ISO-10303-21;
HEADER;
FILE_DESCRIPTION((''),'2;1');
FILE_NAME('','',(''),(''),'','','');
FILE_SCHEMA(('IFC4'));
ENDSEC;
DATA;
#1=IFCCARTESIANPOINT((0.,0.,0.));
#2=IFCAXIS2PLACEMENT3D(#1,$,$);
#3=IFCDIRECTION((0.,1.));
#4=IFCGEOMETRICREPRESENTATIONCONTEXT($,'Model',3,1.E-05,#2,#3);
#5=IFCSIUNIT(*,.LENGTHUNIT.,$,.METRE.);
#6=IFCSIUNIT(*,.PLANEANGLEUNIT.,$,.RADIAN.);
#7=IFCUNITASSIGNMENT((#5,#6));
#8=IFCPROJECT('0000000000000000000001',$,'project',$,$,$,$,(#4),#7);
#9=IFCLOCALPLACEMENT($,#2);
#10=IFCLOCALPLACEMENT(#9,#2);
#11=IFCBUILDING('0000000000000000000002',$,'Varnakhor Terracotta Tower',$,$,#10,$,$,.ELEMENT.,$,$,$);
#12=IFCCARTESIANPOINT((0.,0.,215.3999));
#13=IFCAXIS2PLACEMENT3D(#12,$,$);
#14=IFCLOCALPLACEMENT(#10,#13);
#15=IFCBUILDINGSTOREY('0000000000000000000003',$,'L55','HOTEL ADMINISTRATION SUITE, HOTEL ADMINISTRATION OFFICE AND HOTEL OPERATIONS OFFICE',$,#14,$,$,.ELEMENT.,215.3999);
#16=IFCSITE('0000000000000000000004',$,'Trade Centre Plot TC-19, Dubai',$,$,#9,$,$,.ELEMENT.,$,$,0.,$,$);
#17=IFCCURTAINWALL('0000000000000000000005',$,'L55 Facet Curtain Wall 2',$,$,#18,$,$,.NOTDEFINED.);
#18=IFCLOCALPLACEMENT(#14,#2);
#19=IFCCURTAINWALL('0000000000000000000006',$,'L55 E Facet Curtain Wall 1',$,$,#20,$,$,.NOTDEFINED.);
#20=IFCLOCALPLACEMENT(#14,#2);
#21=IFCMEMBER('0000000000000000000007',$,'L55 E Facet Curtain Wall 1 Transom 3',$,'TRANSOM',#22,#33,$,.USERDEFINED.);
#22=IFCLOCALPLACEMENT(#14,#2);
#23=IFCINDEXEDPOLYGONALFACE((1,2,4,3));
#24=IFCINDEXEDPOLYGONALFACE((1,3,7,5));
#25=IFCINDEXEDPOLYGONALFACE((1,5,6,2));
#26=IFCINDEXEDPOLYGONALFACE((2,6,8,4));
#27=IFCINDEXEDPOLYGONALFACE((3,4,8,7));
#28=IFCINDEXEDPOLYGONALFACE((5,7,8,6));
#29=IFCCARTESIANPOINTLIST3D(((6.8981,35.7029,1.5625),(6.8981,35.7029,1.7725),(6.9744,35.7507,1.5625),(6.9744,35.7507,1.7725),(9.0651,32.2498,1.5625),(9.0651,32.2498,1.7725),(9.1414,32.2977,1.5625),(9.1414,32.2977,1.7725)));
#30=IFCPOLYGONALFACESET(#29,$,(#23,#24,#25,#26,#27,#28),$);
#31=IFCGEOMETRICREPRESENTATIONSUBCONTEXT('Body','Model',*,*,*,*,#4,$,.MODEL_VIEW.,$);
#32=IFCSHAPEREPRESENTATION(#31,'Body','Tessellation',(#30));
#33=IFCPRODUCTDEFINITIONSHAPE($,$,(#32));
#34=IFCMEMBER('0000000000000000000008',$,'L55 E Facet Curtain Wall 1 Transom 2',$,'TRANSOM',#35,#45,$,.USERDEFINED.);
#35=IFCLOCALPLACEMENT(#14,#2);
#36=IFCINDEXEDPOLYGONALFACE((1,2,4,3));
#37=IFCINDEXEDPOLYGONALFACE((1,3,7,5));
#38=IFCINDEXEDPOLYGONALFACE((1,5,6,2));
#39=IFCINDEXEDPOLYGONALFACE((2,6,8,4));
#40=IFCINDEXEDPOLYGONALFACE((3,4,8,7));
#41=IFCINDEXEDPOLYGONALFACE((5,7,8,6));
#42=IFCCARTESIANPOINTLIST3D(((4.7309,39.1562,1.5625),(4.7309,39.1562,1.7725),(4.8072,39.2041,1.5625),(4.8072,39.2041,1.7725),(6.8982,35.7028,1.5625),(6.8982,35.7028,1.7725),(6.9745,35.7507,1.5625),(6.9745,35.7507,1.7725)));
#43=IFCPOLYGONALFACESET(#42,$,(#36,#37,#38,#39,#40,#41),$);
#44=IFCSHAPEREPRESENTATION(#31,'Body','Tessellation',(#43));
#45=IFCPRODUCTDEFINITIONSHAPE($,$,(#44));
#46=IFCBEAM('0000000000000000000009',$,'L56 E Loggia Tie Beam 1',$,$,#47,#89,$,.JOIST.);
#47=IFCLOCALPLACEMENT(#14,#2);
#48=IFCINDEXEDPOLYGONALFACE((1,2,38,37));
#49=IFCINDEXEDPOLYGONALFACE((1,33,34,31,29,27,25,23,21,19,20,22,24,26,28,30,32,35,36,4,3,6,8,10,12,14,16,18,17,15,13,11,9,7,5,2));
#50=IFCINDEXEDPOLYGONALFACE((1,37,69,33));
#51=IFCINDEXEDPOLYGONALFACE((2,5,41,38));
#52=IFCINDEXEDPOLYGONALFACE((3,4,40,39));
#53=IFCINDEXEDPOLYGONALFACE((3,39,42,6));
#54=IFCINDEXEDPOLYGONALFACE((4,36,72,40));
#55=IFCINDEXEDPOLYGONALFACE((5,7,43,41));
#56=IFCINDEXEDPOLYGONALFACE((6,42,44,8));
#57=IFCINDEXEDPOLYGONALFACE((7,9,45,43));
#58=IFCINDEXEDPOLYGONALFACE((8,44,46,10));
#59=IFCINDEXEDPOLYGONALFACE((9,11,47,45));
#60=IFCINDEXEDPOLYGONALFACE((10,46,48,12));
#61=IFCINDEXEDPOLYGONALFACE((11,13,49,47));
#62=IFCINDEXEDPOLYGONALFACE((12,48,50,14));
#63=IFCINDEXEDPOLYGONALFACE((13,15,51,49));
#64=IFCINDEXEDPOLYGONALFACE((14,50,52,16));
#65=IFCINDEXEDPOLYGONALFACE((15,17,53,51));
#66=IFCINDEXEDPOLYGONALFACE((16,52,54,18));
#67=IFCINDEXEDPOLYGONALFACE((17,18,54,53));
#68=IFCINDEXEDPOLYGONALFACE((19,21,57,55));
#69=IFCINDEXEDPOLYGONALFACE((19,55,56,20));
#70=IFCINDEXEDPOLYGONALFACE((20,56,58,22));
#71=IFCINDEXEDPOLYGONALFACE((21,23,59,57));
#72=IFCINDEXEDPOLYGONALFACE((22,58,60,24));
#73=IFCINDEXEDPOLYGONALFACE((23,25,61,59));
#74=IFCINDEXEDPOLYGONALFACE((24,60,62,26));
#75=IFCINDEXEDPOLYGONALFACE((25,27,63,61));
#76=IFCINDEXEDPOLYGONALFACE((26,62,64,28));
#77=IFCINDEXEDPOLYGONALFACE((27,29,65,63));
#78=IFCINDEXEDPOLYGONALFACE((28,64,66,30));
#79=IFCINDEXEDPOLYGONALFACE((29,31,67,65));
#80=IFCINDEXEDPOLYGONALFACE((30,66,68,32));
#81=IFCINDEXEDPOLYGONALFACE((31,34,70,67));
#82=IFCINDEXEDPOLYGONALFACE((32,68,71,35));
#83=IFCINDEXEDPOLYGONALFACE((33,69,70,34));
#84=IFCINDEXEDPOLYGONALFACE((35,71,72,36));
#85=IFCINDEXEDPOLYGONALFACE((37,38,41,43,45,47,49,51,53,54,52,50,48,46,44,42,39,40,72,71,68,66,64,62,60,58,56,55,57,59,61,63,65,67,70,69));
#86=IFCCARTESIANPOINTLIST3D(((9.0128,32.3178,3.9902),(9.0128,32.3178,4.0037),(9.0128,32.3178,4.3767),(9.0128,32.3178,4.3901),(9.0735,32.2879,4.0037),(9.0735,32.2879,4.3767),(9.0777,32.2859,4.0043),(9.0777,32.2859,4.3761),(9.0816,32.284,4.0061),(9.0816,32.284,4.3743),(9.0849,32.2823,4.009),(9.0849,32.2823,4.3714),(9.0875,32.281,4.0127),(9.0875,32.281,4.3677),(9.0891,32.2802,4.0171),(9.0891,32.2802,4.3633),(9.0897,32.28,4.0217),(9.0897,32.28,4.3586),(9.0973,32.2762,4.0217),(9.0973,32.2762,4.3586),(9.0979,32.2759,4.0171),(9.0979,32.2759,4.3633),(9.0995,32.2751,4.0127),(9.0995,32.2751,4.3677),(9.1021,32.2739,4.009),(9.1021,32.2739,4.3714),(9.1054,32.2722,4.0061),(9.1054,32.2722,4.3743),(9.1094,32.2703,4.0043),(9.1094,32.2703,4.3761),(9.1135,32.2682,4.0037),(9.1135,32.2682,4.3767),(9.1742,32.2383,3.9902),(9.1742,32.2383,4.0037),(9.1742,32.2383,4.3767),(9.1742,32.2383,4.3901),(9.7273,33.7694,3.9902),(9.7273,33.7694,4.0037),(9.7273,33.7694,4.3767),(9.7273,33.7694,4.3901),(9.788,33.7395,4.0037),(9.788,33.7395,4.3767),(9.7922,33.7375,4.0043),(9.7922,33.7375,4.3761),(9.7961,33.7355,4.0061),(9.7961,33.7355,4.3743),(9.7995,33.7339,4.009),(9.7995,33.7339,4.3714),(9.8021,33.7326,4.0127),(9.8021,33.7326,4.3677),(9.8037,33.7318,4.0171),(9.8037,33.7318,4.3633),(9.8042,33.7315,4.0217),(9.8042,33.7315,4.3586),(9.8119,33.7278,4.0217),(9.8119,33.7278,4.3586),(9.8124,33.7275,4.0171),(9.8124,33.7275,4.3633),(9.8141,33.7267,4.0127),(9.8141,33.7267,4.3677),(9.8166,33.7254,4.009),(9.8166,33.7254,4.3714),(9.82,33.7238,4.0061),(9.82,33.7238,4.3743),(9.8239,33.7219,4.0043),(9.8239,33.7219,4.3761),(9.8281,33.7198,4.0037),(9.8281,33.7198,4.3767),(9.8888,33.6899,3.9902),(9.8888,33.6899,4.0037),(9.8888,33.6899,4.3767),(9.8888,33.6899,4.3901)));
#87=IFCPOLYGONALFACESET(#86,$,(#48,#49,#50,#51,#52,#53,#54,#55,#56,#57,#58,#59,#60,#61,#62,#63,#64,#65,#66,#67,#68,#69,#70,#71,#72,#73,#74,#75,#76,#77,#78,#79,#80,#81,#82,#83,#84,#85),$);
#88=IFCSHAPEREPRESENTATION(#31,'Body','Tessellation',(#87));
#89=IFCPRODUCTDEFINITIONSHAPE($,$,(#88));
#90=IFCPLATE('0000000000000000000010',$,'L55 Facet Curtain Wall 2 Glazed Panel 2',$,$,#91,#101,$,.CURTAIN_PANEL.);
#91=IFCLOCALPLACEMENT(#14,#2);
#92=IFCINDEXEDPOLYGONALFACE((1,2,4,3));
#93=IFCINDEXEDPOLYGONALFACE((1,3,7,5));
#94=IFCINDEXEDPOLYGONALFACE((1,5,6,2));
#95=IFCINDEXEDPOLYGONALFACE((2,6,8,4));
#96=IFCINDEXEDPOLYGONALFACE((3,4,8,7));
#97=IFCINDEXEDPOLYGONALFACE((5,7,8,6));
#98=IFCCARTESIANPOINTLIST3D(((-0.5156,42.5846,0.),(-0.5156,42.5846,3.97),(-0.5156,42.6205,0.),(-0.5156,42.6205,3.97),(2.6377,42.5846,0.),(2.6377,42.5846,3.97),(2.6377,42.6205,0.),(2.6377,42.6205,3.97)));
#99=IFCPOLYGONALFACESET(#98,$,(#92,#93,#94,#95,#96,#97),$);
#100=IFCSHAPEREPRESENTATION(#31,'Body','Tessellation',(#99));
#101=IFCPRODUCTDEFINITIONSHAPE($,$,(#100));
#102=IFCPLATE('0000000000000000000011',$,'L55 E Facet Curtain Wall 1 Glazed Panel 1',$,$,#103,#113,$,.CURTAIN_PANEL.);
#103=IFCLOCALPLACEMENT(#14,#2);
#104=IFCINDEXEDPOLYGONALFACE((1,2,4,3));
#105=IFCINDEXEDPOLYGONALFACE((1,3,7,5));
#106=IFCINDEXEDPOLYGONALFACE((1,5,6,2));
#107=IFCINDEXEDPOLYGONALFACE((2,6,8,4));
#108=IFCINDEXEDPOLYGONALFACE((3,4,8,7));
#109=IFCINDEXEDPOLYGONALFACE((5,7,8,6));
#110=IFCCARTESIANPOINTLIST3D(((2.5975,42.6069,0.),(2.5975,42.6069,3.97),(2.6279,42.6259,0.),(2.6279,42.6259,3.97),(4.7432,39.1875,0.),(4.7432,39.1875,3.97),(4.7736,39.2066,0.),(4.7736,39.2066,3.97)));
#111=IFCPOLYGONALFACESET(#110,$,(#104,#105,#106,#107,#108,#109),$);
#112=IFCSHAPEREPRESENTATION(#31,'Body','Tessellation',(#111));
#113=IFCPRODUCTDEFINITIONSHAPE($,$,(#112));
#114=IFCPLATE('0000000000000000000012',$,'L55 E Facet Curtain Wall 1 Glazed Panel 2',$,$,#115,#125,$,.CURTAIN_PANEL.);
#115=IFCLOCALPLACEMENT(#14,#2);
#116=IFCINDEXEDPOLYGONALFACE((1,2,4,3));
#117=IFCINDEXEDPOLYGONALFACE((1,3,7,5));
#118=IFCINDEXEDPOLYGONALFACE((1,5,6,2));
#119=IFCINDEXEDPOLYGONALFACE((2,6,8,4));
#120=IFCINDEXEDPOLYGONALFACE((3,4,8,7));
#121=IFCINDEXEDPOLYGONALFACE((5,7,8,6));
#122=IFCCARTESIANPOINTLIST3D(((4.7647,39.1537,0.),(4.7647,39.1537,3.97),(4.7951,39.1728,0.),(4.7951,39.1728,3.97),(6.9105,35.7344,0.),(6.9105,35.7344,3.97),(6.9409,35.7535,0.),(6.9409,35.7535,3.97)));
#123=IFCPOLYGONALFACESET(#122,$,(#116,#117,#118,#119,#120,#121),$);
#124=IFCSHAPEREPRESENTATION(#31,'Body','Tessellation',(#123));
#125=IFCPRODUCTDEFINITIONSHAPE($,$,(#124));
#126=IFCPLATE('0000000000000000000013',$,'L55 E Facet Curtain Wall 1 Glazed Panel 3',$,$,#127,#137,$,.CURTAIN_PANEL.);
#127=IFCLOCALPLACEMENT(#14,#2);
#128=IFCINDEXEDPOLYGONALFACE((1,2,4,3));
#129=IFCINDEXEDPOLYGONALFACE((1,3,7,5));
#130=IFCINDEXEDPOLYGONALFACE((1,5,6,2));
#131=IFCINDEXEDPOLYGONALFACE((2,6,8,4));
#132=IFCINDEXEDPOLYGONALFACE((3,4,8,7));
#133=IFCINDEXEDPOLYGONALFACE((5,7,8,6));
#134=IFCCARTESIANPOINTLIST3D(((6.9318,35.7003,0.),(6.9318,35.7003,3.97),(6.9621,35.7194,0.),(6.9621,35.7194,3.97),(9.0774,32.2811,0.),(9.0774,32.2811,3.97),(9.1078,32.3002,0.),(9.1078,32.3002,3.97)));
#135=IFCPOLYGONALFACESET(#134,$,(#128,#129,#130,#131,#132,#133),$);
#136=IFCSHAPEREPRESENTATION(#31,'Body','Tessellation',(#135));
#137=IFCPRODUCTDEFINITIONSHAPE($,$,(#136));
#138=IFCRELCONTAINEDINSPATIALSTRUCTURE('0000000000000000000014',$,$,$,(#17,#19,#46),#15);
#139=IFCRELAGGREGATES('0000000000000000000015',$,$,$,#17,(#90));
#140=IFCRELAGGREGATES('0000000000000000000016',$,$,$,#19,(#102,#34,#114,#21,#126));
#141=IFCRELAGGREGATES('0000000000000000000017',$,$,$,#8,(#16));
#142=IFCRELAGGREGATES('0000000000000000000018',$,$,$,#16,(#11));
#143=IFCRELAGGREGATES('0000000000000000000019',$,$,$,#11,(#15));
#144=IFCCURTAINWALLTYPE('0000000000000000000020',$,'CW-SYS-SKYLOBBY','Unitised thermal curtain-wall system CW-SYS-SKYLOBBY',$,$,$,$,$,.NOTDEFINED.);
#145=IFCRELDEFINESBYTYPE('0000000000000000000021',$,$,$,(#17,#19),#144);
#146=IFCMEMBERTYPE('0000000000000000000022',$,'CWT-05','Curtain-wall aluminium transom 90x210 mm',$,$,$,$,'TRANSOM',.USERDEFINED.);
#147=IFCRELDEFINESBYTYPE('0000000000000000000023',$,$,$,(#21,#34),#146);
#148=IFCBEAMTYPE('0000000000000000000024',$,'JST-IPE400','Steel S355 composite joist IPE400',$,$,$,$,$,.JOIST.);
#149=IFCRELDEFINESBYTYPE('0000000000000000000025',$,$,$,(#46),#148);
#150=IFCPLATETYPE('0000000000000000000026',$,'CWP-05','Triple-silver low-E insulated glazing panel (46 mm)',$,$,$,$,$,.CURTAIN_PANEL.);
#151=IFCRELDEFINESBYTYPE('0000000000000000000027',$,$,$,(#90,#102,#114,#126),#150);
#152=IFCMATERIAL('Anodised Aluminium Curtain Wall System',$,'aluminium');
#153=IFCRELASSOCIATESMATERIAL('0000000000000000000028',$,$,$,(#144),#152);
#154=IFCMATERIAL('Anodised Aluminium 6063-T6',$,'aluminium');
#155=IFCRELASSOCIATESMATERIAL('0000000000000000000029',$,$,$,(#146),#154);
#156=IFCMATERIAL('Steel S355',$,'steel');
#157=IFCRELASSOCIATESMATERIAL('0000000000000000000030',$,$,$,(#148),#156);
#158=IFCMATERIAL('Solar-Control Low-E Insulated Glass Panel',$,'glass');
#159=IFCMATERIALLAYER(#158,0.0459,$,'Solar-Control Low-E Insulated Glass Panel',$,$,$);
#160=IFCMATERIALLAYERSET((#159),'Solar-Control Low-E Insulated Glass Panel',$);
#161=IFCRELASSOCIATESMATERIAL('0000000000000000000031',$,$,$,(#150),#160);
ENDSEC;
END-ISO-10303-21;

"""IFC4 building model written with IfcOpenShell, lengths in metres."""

from ifc_helpers import new_model, si_unit, direction, frame, origin, origin_2d, place, context, subcontext, project, spatial, rectangle, i_section, extrude, source, transform, mapped, material, layer, layer_set, material_profile, profile_set, type_object, element, aggregate, save


model = new_model("IFC4")

# Units and contexts
model_context = context("Model", 3, precision=1e-05, world=origin(), true_north=direction((0.0, 1.0)))
body_context = subcontext(model_context, "Body", "Model", "MODEL_VIEW")
ifc_project = project(units=[si_unit("LENGTHUNIT", "METRE"), si_unit("PLANEANGLEUNIT", "RADIAN")], contexts=[model_context])

# Site, building, storey
site_placement = place(None, origin())
site = spatial("IfcSite", under=ifc_project, at=site_placement, Name="Trade Centre Plot TC-19, Dubai", CompositionType="ELEMENT", RefElevation=0.0)
building_placement = place(site_placement, origin())
building = spatial("IfcBuilding", under=site, at=building_placement, Name="Varnakhor Terracotta Tower", CompositionType="ELEMENT")
storey_placement = place(building_placement, frame((0.0, 0.0, 215.3999)))
storey = spatial("IfcBuildingStorey", under=building, at=storey_placement, Name="L55", Description="HOTEL ADMINISTRATION SUITE, HOTEL ADMINISTRATION OFFICE AND HOTEL OPERATIONS OFFICE", CompositionType="ELEMENT", Elevation=215.3999)

# Shared definitions
ifc_material_1 = material(Name="Steel S355", Category="steel")

# Curtain wall
ifc_material_2 = material(Name="Anodised Aluminium Curtain Wall System", Category="aluminium")
curtain_wall_type = type_object("IfcCurtainWallType", Name="CW-SYS-SKYLOBBY", Description="Unitised thermal curtain-wall system CW-SYS-SKYLOBBY", PredefinedType="NOTDEFINED", material=ifc_material_2)
curtain_wall_1_placement = place(storey_placement, origin())
curtain_wall_1 = element("IfcCurtainWall", 1, at=curtain_wall_1_placement, inside=storey, type_object=curtain_wall_type, Name="L55 Facet Curtain Wall 2", PredefinedType="NOTDEFINED")
ifc_material_3 = material(Name="Anodised Aluminium 6063-T6", Category="aluminium")

# Curtain wall
curtain_wall_2_placement = place(storey_placement, origin())
curtain_wall_2 = element("IfcCurtainWall", 2, at=curtain_wall_2_placement, inside=storey, type_object=curtain_wall_type, Name="L55 E Facet Curtain Wall 1", PredefinedType="NOTDEFINED")

# Members
ifc_material_profile_1 = material_profile(ifc_material_3, rectangle(XDim=0.0901, YDim=0.21, at=origin_2d()), Name="ALU TRANSOM 90x210")
ifc_profile_set_1 = profile_set([ifc_material_profile_1], Name="Anodised Aluminium 6063-T6")
member_type_1 = type_object("IfcMemberType", Name="CWT-05", Description="Curtain-wall aluminium transom 90x210 mm", ElementType="TRANSOM", PredefinedType="USERDEFINED", material=ifc_profile_set_1)
shared_shape_1 = source(origin(), body_context, "Body", "SweptSolid", [
    extrude(rectangle(XDim=0.0901, YDim=0.21, at=origin_2d()), origin(), (0.0, 0.0, 1.0), 4.0767),
])
member_1_placement = place(storey_placement, frame((6.9363, 35.7268, 1.6675), z_axis=(0.531548, -0.847028, 0.0), x_axis=(0.847028, 0.531548, 0.0)))
member_1 = element("IfcMember", 3, at=member_1_placement, type_object=member_type_1, Name="L55 E Facet Curtain Wall 1 Transom 3", ObjectType="TRANSOM", PredefinedType="USERDEFINED", context=body_context, shape_type="MappedRepresentation", body=[
    mapped(shared_shape_1, transform((0.0, 0.0, 0.0), scale=1.0)),
])
shared_shape_2 = source(origin(), body_context, "Body", "SweptSolid", [
    extrude(rectangle(XDim=0.0901, YDim=0.21, at=origin_2d()), origin(), (0.0, 0.0, 1.0), 4.0771),
])
member_2_placement = place(storey_placement, frame((4.769, 39.1802, 1.6675), z_axis=(0.531564, -0.847018, 0.0), x_axis=(0.847018, 0.531564, 0.0)))
member_2 = element("IfcMember", 4, at=member_2_placement, type_object=member_type_1, Name="L55 E Facet Curtain Wall 1 Transom 2", ObjectType="TRANSOM", PredefinedType="USERDEFINED", context=body_context, shape_type="MappedRepresentation", body=[
    mapped(shared_shape_2, transform((0.0, 0.0, 0.0), scale=1.0)),
])

# Beam
ifc_material_profile_2 = material_profile(ifc_material_1, i_section(OverallWidth=0.1799, OverallDepth=0.3999, WebThickness=0.0085, FlangeThickness=0.0134, FilletRadius=0.0181, at=origin_2d()), Name="IPE400")
ifc_profile_set_2 = profile_set([ifc_material_profile_2], Name="Steel S355")
beam_type_1 = type_object("IfcBeamType", Name="JST-IPE400", Description="Steel S355 composite joist IPE400", PredefinedType="JOIST", material=ifc_profile_set_2)
shared_shape_3 = source(origin(), body_context, "Body", "SweptSolid", [
    extrude(i_section(OverallWidth=0.1799, OverallDepth=0.3999, WebThickness=0.0085, FlangeThickness=0.0134, FilletRadius=0.0181, at=origin_2d()), origin(), (0.0, 0.0, 1.0), 1.6179),
])
beam_1_placement = place(storey_placement, frame((9.0935, 32.2781, 4.1902), z_axis=(0.441652, 0.897186, 0.0), x_axis=(-0.897186, 0.441652, 0.0)))
element("IfcBeam", 5, at=beam_1_placement, inside=storey, type_object=beam_type_1, Name="L56 E Loggia Tie Beam 1", PredefinedType="JOIST", context=body_context, shape_type="MappedRepresentation", body=[
    mapped(shared_shape_3, transform((0.0, 0.0, 0.0), scale=1.0)),
])

# Plates
ifc_material_4 = material(Name="Solar-Control Low-E Insulated Glass Panel", Category="glass")
ifc_layer_1 = layer(ifc_material_4, 0.0459, Name="Solar-Control Low-E Insulated Glass Panel")
ifc_layer_set_1 = layer_set([ifc_layer_1], Name="Solar-Control Low-E Insulated Glass Panel")
plate_type = type_object("IfcPlateType", Name="CWP-05", Description="Triple-silver low-E insulated glazing panel (46 mm)", PredefinedType="CURTAIN_PANEL", material=ifc_layer_set_1)
shared_shape_4 = source(origin(), body_context, "Body", "SweptSolid", [
    extrude(rectangle(XDim=3.1533, YDim=0.0359, at=origin_2d()), origin(), (0.0, 0.0, 1.0), 3.97),
])
plate_1_placement = place(storey_placement, frame((1.061, 42.6025, 0.0), z_axis=(0.0, 0.0, 1.0), x_axis=(1.0, 0.0, 0.0)))
plate_1 = element("IfcPlate", 6, at=plate_1_placement, type_object=plate_type, Name="L55 Facet Curtain Wall 2 Glazed Panel 2", PredefinedType="CURTAIN_PANEL", context=body_context, shape_type="MappedRepresentation", body=[
    mapped(shared_shape_4, transform((0.0, 0.0, 0.0), scale=1.0)),
])
aggregate(curtain_wall_1, [plate_1])
shared_shape_5 = source(origin(), body_context, "Body", "SweptSolid", [
    extrude(rectangle(XDim=4.0369, YDim=0.0359, at=origin_2d()), origin(), (0.0, 0.0, 1.0), 3.97),
])
plate_2_placement = place(storey_placement, frame((3.6855, 40.9067, 0.0), z_axis=(0.0, 0.0, 1.0), x_axis=(0.531546, -0.847029, 0.0)))
plate_2 = element("IfcPlate", 7, at=plate_2_placement, type_object=plate_type, Name="L55 E Facet Curtain Wall 1 Glazed Panel 1", PredefinedType="CURTAIN_PANEL", context=body_context, shape_type="MappedRepresentation", body=[
    mapped(shared_shape_5, transform((0.0, 0.0, 0.0), scale=1.0)),
])
plate_3_placement = place(storey_placement, frame((5.8528, 37.4536, 0.0), z_axis=(0.0, 0.0, 1.0), x_axis=(0.531546, -0.847029, 0.0)))
plate_3 = element("IfcPlate", 8, at=plate_3_placement, type_object=plate_type, Name="L55 E Facet Curtain Wall 1 Glazed Panel 2", PredefinedType="CURTAIN_PANEL", context=body_context, shape_type="MappedRepresentation", body=[
    mapped(shared_shape_5, transform((0.0, 0.0, 0.0), scale=1.0)),
])
shared_shape_6 = source(origin(), body_context, "Body", "SweptSolid", [
    extrude(rectangle(XDim=4.0366, YDim=0.0359, at=origin_2d()), origin(), (0.0, 0.0, 1.0), 3.97),
])
plate_4_placement = place(storey_placement, frame((8.0198, 34.0002, 0.0), z_axis=(0.0, 0.0, 1.0), x_axis=(0.531546, -0.847029, 0.0)))
plate_4 = element("IfcPlate", 9, at=plate_4_placement, type_object=plate_type, Name="L55 E Facet Curtain Wall 1 Glazed Panel 3", PredefinedType="CURTAIN_PANEL", context=body_context, shape_type="MappedRepresentation", body=[
    mapped(shared_shape_6, transform((0.0, 0.0, 0.0), scale=1.0)),
])
aggregate(curtain_wall_2, [plate_2, member_2, plate_3, member_1, plate_4])

save(model, "model.ifc")
